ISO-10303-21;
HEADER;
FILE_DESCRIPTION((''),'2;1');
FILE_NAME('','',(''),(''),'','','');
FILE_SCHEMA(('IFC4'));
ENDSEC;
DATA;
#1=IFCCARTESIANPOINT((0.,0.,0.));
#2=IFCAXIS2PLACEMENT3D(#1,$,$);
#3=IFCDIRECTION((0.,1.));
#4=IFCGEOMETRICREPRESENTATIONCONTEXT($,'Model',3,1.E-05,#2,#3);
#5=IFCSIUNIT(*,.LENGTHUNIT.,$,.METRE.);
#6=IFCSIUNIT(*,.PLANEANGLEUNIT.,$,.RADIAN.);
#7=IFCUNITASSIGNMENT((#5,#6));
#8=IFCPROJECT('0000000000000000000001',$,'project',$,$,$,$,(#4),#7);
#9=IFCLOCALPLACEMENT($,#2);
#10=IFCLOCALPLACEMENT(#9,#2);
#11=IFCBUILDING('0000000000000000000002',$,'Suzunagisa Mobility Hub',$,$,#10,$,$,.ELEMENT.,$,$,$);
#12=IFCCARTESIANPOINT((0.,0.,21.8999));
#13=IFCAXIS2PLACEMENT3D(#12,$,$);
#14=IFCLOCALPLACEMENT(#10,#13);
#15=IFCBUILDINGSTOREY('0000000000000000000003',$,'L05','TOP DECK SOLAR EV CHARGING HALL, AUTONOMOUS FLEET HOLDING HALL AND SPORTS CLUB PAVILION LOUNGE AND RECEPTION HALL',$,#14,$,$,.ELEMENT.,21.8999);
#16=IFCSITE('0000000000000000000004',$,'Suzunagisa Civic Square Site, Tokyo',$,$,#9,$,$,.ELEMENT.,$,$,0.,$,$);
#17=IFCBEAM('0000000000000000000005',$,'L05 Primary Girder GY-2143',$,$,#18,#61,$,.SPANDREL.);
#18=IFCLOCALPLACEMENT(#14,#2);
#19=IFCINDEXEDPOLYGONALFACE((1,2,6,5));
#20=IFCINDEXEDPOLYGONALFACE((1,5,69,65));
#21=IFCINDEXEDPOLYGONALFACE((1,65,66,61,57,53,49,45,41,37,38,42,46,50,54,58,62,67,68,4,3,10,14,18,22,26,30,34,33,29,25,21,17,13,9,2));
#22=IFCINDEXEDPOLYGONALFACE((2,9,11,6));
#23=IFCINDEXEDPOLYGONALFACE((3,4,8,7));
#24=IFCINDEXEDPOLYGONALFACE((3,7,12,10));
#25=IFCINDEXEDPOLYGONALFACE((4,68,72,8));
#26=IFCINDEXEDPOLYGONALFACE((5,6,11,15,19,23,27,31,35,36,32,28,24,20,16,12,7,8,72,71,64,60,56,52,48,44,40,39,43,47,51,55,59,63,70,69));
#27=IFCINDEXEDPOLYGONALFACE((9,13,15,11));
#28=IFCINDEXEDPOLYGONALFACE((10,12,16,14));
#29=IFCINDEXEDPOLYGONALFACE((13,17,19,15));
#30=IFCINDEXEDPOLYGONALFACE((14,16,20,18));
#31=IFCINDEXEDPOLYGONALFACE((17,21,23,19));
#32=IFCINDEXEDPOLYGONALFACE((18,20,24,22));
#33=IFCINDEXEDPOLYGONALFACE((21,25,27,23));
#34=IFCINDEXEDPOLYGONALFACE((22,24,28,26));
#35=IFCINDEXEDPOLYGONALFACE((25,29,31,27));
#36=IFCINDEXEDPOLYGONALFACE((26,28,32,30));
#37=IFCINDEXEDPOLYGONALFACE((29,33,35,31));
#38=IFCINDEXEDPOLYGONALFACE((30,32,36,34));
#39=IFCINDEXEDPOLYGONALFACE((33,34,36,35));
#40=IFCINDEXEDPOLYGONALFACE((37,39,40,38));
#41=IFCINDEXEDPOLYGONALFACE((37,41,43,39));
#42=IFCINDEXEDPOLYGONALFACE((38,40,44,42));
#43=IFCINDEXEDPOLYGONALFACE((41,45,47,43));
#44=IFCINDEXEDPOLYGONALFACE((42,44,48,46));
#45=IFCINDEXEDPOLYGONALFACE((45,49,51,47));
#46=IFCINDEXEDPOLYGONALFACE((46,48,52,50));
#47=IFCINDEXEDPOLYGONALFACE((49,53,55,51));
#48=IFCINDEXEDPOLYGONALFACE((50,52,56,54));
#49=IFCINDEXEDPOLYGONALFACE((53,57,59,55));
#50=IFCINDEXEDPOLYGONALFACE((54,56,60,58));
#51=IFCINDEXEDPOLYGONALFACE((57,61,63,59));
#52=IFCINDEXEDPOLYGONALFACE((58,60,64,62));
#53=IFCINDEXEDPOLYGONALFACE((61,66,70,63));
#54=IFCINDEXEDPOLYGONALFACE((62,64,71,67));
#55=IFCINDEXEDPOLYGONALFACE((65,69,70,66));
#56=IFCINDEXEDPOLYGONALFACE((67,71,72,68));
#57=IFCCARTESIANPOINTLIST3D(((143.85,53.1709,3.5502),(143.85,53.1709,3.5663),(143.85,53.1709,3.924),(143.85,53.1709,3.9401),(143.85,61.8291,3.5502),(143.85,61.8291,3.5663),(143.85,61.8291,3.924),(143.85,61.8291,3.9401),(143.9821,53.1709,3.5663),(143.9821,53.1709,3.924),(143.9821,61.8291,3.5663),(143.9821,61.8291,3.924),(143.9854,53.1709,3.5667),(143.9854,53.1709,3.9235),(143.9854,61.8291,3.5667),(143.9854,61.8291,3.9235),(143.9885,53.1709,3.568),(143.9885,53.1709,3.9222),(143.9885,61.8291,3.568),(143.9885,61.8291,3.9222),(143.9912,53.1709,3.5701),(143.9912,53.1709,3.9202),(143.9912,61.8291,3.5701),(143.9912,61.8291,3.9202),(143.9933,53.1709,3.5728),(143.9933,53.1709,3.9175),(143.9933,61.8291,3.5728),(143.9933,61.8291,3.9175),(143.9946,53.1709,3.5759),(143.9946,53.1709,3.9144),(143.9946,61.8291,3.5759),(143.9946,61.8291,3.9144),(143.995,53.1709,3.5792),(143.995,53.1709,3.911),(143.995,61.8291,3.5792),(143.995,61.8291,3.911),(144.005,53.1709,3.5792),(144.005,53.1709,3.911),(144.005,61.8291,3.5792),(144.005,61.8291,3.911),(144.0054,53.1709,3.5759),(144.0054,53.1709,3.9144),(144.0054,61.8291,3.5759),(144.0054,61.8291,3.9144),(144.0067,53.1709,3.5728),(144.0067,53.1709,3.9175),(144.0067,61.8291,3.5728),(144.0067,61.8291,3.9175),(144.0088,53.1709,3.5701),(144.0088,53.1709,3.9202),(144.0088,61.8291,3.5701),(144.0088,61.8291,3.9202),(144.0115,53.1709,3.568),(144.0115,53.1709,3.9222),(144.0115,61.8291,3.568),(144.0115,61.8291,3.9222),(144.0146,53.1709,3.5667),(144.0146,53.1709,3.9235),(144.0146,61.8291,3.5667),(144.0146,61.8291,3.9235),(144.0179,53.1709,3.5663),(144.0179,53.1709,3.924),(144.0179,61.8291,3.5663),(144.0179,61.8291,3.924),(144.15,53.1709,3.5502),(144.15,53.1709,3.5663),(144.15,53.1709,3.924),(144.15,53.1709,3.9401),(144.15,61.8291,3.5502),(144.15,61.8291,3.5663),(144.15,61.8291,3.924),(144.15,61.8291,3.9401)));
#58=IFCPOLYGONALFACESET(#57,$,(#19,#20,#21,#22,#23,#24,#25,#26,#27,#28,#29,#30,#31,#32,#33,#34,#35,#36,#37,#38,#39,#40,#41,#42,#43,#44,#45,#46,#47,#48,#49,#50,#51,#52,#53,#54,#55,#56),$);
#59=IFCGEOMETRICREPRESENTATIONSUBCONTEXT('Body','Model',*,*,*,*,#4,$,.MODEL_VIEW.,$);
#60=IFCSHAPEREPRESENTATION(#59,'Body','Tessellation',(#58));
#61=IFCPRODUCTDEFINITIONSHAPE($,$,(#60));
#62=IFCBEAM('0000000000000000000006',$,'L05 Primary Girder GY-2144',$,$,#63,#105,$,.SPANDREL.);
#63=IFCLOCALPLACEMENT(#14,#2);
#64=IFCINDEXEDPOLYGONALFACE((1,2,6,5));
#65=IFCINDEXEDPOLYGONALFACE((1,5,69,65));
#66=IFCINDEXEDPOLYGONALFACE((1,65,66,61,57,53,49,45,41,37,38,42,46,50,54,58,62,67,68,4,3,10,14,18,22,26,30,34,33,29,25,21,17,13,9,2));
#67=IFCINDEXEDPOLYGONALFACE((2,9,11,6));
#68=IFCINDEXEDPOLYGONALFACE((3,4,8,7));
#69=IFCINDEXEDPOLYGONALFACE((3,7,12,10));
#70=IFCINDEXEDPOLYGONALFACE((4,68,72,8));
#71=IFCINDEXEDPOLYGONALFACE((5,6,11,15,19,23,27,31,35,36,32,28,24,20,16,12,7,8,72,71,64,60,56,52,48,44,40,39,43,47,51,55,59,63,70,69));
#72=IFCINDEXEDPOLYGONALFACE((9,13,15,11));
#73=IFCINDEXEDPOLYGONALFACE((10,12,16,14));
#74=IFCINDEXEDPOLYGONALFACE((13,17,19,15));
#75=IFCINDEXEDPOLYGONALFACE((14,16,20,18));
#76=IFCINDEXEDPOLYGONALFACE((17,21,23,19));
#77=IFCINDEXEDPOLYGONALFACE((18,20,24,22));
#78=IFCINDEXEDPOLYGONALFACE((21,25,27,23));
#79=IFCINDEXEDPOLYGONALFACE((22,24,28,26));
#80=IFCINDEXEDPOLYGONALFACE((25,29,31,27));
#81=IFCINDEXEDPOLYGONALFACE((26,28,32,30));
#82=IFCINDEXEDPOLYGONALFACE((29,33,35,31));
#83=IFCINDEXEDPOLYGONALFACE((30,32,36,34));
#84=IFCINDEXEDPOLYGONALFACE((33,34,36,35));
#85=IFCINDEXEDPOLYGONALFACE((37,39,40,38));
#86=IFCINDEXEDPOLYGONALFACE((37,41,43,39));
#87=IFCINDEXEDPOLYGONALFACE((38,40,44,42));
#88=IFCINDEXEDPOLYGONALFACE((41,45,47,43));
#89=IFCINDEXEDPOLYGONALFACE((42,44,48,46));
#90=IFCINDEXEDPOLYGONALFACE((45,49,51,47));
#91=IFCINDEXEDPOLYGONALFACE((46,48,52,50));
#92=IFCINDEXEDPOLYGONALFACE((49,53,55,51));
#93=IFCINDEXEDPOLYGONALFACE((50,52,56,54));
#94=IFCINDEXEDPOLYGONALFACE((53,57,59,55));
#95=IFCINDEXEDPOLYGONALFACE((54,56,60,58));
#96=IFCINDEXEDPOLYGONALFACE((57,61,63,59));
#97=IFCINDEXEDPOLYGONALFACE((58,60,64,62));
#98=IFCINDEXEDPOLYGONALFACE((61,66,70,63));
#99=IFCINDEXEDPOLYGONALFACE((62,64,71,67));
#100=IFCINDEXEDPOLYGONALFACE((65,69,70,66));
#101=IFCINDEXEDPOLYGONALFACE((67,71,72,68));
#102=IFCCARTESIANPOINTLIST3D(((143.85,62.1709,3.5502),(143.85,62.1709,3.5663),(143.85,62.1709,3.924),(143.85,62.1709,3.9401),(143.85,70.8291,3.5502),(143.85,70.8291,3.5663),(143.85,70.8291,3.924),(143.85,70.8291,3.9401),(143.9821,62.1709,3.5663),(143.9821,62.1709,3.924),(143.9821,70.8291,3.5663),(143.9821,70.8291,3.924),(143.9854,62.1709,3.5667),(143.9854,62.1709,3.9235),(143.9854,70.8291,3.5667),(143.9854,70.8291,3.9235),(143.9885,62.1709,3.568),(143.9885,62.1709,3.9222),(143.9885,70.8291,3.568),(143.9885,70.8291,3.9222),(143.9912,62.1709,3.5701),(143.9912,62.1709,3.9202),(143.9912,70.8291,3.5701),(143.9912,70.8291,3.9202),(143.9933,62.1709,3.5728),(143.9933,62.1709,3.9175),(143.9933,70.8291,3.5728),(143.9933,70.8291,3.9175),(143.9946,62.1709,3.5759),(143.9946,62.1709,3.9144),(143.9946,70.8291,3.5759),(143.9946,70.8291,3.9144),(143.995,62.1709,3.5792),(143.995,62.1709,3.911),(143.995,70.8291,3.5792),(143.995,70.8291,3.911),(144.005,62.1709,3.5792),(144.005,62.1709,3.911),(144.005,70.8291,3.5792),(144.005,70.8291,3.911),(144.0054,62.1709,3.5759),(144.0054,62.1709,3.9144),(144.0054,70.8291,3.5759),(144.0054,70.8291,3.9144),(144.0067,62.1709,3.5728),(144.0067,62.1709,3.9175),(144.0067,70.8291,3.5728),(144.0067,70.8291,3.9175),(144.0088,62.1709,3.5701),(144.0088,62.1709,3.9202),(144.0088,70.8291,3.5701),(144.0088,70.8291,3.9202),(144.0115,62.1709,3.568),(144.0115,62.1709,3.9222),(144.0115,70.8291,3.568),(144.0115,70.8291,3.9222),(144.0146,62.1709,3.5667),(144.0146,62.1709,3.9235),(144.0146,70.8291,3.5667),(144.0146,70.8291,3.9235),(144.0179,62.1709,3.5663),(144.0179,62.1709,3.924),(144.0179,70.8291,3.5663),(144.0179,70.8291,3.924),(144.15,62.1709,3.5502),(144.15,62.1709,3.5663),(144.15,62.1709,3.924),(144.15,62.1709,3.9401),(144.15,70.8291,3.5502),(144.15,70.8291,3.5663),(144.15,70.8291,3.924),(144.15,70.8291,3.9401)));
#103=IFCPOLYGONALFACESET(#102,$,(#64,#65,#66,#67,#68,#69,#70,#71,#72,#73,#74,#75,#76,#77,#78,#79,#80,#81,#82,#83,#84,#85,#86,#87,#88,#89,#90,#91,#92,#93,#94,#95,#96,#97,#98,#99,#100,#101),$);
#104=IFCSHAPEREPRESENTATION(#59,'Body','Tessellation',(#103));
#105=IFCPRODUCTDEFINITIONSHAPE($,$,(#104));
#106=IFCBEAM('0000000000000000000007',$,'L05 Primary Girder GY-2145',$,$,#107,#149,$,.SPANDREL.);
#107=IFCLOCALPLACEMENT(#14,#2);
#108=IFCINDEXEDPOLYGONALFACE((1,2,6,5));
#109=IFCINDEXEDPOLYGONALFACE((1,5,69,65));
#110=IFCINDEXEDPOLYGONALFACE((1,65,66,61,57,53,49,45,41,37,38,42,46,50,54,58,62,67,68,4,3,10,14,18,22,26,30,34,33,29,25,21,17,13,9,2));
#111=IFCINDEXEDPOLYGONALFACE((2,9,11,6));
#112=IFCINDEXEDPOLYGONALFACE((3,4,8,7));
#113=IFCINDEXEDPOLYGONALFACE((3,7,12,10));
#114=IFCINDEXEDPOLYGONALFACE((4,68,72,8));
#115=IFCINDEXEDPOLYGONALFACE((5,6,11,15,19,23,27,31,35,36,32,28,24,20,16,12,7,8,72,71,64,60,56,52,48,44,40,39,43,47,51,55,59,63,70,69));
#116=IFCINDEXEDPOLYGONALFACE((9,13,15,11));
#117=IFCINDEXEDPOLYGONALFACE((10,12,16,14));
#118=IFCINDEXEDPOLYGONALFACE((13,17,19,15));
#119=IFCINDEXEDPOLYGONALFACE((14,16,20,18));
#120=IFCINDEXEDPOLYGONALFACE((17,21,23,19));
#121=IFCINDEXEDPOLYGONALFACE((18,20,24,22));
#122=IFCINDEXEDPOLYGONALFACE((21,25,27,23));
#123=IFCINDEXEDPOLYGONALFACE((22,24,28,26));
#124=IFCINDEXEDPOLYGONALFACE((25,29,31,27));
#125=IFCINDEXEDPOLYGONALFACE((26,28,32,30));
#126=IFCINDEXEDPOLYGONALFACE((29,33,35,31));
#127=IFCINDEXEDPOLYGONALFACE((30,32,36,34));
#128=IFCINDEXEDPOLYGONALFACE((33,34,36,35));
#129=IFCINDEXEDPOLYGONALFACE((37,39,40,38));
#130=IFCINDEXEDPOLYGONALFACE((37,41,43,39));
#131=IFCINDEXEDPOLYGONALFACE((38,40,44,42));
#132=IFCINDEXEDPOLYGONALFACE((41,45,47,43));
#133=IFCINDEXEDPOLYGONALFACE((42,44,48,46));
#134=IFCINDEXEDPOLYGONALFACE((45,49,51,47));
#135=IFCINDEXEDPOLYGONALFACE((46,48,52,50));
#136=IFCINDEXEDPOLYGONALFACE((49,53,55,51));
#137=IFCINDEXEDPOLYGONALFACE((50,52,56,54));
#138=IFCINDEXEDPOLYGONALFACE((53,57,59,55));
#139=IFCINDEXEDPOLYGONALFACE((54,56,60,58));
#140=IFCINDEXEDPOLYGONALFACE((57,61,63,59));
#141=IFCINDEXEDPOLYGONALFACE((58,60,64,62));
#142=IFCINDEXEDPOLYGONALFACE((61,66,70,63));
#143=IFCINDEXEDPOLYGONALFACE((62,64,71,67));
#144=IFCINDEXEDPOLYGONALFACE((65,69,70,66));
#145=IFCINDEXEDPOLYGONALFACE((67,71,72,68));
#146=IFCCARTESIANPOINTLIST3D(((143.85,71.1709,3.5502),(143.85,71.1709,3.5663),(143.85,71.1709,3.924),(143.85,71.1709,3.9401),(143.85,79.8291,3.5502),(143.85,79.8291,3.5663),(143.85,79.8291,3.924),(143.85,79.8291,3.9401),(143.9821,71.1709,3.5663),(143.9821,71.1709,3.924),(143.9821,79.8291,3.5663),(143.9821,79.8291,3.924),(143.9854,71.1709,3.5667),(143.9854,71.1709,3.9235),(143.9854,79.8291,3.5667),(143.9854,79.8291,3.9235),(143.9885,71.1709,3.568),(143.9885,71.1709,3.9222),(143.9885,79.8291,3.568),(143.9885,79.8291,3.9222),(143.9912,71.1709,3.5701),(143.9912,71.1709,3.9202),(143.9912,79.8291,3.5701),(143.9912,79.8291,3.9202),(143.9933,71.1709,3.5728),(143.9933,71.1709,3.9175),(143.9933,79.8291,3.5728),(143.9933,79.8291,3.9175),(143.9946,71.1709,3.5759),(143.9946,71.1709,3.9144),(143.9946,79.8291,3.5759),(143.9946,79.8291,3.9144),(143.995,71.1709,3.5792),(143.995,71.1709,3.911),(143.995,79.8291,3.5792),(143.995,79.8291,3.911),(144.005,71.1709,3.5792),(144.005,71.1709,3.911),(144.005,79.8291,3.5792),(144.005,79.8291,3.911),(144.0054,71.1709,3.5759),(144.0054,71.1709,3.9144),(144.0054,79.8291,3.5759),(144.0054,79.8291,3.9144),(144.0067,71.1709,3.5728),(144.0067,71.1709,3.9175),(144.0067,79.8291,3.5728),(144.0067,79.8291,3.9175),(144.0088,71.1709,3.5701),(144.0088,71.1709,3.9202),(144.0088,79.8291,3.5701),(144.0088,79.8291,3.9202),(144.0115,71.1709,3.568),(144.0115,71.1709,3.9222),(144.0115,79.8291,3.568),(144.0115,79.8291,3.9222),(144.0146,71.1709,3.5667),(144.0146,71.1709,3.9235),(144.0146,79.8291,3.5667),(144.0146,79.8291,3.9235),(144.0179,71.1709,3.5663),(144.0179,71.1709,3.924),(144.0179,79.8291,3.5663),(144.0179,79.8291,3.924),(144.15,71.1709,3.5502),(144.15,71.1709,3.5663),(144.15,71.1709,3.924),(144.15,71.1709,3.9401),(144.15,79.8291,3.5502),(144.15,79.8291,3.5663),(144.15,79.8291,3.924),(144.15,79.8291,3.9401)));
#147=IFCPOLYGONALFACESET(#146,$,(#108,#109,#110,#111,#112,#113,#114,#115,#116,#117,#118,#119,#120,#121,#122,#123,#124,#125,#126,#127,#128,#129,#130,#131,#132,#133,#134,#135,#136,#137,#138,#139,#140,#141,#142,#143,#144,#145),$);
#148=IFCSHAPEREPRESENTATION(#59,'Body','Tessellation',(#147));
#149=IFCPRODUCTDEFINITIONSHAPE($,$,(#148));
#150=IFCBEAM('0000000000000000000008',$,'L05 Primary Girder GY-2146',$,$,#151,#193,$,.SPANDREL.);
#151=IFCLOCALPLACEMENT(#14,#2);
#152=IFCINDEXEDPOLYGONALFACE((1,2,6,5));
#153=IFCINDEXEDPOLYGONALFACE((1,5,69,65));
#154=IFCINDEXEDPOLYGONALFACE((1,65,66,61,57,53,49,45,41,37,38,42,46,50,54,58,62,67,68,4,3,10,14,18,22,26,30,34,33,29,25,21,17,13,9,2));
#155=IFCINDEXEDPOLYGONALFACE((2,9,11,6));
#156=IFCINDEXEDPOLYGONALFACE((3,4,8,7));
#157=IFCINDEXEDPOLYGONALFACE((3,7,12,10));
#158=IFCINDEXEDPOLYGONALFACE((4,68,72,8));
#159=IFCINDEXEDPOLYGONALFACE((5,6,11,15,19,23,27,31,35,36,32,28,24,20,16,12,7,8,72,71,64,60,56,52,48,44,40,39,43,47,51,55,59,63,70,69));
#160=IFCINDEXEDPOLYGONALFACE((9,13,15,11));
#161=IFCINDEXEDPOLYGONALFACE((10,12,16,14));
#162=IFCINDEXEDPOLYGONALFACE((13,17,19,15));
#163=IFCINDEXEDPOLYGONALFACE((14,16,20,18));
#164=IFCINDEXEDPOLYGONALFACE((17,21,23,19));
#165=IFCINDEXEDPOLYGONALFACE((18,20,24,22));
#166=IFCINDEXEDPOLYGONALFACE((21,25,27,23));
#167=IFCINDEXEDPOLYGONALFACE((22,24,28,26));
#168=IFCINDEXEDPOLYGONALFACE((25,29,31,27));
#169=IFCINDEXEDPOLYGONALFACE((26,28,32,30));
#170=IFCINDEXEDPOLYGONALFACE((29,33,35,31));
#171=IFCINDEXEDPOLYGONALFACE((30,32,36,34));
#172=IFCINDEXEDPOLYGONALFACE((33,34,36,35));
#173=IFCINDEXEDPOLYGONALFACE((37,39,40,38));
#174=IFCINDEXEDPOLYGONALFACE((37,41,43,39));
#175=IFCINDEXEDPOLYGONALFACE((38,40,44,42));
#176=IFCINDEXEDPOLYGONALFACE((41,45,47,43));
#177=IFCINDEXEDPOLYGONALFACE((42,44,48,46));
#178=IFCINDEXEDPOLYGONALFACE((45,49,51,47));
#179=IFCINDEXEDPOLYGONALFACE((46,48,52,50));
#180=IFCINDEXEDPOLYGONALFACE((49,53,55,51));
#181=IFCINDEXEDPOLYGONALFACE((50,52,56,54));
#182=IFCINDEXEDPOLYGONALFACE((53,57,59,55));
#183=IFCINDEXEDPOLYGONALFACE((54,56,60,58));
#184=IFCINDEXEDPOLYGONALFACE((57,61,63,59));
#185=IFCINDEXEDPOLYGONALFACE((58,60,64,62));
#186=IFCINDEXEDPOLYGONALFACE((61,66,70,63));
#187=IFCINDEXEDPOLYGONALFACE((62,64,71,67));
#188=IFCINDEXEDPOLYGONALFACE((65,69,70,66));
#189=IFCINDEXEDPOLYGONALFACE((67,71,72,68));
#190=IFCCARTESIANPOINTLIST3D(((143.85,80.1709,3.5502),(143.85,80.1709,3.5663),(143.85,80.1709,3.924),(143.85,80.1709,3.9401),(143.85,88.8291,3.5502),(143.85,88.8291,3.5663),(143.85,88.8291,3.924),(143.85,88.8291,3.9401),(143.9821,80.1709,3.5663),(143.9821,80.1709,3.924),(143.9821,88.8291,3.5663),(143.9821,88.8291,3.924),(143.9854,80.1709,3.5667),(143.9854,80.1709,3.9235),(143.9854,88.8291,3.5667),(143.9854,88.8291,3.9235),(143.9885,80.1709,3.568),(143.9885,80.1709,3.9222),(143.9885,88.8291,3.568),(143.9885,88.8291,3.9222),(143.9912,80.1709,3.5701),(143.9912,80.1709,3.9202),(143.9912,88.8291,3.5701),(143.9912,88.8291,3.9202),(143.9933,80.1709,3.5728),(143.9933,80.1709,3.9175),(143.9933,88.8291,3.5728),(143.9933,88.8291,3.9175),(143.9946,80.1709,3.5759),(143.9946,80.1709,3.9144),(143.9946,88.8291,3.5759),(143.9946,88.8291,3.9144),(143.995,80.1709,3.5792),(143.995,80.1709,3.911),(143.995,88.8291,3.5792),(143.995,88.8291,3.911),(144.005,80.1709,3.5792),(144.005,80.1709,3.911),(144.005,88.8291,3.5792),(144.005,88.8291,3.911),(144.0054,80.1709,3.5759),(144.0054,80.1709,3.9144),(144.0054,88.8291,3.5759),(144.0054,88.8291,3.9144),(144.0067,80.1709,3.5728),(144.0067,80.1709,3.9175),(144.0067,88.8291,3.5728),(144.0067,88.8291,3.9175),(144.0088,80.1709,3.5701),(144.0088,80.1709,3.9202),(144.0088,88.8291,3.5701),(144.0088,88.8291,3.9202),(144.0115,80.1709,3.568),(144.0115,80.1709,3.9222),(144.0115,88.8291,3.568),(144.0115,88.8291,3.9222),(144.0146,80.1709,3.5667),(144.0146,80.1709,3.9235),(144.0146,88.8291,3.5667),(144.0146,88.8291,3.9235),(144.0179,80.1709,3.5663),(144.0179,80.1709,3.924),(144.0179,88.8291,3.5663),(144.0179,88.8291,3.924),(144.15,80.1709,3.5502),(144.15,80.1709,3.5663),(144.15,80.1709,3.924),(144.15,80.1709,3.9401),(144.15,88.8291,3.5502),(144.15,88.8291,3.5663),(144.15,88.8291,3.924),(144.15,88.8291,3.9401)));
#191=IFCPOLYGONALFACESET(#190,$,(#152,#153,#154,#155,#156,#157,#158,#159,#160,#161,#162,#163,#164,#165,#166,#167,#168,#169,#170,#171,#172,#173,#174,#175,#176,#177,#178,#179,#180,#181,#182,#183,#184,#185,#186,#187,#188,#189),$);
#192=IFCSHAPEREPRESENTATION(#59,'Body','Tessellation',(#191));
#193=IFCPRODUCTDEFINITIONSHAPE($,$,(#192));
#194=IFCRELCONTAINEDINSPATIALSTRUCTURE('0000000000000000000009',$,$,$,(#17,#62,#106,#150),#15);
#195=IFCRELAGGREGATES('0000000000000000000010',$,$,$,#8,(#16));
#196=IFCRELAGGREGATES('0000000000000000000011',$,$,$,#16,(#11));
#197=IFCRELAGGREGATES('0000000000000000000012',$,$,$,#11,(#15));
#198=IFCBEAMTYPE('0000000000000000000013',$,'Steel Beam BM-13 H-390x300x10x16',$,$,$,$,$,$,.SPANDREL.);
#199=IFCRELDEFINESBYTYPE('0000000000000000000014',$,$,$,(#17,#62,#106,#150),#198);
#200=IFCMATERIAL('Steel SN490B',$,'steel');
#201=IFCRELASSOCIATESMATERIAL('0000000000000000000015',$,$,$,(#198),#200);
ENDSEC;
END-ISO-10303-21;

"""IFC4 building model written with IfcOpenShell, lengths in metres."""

from ifc_helpers import new_model, si_unit, direction, frame, origin, origin_2d, place, context, subcontext, project, spatial, i_section, extrude, material, material_profile, profile_set, type_object, element, save


model = new_model("IFC4")

# Units and contexts
model_context = context("Model", 3, precision=1e-05, world=origin(), true_north=direction((0.0, 1.0)))
body_context = subcontext(model_context, "Body", "Model", "MODEL_VIEW")
ifc_project = project(units=[si_unit("LENGTHUNIT", "METRE"), si_unit("PLANEANGLEUNIT", "RADIAN")], contexts=[model_context])

# Site, building, storey
site_placement = place(None, origin())
site = spatial("IfcSite", under=ifc_project, at=site_placement, Name="Suzunagisa Civic Square Site, Tokyo", CompositionType="ELEMENT", RefElevation=0.0)
building_placement = place(site_placement, origin())
building = spatial("IfcBuilding", under=site, at=building_placement, Name="Suzunagisa Mobility Hub", CompositionType="ELEMENT")
storey_placement = place(building_placement, frame((0.0, 0.0, 21.8999)))
storey = spatial("IfcBuildingStorey", under=building, at=storey_placement, Name="L05", Description="TOP DECK SOLAR EV CHARGING HALL, AUTONOMOUS FLEET HOLDING HALL AND SPORTS CLUB PAVILION LOUNGE AND RECEPTION HALL", CompositionType="ELEMENT", Elevation=21.8999)

# Shared definitions
ifc_material_1 = material(Name="Steel SN490B", Category="steel")

# Beams
ifc_material_profile_1 = material_profile(ifc_material_1, i_section(OverallWidth=0.3, OverallDepth=0.3899, WebThickness=0.01, FlangeThickness=0.0161, FilletRadius=0.0129, at=origin_2d()), Name="H-390x300x10x16")
ifc_profile_set_1 = profile_set([ifc_material_profile_1], Name="Steel SN490B")
beam_type_1 = type_object("IfcBeamType", Name="Steel Beam BM-13 H-390x300x10x16", PredefinedType="SPANDREL", material=ifc_profile_set_1)
for number, where, z_axis, x_axis, name in (
    (1, (144.0, 53.1709, 3.7451), (0.0, 1.0, 0.0), (-1.0, 0.0, 0.0), "L05 Primary Girder GY-2143"),
    (2, (144.0, 62.1709, 3.7451), (0.0, 1.0, 0.0), (-1.0, 0.0, 0.0), "L05 Primary Girder GY-2144"),
    (3, (144.0, 71.1709, 3.7451), (0.0, 1.0, 0.0), (-1.0, 0.0, 0.0), "L05 Primary Girder GY-2145"),
    (4, (144.0, 80.1709, 3.7451), (0.0, 1.0, 0.0), (-1.0, 0.0, 0.0), "L05 Primary Girder GY-2146"),
):
    element("IfcBeam", number, at=place(storey_placement, frame(where, z_axis=z_axis, x_axis=x_axis)), inside=storey, type_object=beam_type_1, Name=name, PredefinedType="SPANDREL", context=body_context, shape_type="SweptSolid", body=[
        extrude(i_section(OverallWidth=0.3, OverallDepth=0.3899, WebThickness=0.01, FlangeThickness=0.0161, FilletRadius=0.0129, at=origin_2d()), origin(), (0.0, 0.0, 1.0), 8.6582),
    ])

save(model, "model.ifc")
